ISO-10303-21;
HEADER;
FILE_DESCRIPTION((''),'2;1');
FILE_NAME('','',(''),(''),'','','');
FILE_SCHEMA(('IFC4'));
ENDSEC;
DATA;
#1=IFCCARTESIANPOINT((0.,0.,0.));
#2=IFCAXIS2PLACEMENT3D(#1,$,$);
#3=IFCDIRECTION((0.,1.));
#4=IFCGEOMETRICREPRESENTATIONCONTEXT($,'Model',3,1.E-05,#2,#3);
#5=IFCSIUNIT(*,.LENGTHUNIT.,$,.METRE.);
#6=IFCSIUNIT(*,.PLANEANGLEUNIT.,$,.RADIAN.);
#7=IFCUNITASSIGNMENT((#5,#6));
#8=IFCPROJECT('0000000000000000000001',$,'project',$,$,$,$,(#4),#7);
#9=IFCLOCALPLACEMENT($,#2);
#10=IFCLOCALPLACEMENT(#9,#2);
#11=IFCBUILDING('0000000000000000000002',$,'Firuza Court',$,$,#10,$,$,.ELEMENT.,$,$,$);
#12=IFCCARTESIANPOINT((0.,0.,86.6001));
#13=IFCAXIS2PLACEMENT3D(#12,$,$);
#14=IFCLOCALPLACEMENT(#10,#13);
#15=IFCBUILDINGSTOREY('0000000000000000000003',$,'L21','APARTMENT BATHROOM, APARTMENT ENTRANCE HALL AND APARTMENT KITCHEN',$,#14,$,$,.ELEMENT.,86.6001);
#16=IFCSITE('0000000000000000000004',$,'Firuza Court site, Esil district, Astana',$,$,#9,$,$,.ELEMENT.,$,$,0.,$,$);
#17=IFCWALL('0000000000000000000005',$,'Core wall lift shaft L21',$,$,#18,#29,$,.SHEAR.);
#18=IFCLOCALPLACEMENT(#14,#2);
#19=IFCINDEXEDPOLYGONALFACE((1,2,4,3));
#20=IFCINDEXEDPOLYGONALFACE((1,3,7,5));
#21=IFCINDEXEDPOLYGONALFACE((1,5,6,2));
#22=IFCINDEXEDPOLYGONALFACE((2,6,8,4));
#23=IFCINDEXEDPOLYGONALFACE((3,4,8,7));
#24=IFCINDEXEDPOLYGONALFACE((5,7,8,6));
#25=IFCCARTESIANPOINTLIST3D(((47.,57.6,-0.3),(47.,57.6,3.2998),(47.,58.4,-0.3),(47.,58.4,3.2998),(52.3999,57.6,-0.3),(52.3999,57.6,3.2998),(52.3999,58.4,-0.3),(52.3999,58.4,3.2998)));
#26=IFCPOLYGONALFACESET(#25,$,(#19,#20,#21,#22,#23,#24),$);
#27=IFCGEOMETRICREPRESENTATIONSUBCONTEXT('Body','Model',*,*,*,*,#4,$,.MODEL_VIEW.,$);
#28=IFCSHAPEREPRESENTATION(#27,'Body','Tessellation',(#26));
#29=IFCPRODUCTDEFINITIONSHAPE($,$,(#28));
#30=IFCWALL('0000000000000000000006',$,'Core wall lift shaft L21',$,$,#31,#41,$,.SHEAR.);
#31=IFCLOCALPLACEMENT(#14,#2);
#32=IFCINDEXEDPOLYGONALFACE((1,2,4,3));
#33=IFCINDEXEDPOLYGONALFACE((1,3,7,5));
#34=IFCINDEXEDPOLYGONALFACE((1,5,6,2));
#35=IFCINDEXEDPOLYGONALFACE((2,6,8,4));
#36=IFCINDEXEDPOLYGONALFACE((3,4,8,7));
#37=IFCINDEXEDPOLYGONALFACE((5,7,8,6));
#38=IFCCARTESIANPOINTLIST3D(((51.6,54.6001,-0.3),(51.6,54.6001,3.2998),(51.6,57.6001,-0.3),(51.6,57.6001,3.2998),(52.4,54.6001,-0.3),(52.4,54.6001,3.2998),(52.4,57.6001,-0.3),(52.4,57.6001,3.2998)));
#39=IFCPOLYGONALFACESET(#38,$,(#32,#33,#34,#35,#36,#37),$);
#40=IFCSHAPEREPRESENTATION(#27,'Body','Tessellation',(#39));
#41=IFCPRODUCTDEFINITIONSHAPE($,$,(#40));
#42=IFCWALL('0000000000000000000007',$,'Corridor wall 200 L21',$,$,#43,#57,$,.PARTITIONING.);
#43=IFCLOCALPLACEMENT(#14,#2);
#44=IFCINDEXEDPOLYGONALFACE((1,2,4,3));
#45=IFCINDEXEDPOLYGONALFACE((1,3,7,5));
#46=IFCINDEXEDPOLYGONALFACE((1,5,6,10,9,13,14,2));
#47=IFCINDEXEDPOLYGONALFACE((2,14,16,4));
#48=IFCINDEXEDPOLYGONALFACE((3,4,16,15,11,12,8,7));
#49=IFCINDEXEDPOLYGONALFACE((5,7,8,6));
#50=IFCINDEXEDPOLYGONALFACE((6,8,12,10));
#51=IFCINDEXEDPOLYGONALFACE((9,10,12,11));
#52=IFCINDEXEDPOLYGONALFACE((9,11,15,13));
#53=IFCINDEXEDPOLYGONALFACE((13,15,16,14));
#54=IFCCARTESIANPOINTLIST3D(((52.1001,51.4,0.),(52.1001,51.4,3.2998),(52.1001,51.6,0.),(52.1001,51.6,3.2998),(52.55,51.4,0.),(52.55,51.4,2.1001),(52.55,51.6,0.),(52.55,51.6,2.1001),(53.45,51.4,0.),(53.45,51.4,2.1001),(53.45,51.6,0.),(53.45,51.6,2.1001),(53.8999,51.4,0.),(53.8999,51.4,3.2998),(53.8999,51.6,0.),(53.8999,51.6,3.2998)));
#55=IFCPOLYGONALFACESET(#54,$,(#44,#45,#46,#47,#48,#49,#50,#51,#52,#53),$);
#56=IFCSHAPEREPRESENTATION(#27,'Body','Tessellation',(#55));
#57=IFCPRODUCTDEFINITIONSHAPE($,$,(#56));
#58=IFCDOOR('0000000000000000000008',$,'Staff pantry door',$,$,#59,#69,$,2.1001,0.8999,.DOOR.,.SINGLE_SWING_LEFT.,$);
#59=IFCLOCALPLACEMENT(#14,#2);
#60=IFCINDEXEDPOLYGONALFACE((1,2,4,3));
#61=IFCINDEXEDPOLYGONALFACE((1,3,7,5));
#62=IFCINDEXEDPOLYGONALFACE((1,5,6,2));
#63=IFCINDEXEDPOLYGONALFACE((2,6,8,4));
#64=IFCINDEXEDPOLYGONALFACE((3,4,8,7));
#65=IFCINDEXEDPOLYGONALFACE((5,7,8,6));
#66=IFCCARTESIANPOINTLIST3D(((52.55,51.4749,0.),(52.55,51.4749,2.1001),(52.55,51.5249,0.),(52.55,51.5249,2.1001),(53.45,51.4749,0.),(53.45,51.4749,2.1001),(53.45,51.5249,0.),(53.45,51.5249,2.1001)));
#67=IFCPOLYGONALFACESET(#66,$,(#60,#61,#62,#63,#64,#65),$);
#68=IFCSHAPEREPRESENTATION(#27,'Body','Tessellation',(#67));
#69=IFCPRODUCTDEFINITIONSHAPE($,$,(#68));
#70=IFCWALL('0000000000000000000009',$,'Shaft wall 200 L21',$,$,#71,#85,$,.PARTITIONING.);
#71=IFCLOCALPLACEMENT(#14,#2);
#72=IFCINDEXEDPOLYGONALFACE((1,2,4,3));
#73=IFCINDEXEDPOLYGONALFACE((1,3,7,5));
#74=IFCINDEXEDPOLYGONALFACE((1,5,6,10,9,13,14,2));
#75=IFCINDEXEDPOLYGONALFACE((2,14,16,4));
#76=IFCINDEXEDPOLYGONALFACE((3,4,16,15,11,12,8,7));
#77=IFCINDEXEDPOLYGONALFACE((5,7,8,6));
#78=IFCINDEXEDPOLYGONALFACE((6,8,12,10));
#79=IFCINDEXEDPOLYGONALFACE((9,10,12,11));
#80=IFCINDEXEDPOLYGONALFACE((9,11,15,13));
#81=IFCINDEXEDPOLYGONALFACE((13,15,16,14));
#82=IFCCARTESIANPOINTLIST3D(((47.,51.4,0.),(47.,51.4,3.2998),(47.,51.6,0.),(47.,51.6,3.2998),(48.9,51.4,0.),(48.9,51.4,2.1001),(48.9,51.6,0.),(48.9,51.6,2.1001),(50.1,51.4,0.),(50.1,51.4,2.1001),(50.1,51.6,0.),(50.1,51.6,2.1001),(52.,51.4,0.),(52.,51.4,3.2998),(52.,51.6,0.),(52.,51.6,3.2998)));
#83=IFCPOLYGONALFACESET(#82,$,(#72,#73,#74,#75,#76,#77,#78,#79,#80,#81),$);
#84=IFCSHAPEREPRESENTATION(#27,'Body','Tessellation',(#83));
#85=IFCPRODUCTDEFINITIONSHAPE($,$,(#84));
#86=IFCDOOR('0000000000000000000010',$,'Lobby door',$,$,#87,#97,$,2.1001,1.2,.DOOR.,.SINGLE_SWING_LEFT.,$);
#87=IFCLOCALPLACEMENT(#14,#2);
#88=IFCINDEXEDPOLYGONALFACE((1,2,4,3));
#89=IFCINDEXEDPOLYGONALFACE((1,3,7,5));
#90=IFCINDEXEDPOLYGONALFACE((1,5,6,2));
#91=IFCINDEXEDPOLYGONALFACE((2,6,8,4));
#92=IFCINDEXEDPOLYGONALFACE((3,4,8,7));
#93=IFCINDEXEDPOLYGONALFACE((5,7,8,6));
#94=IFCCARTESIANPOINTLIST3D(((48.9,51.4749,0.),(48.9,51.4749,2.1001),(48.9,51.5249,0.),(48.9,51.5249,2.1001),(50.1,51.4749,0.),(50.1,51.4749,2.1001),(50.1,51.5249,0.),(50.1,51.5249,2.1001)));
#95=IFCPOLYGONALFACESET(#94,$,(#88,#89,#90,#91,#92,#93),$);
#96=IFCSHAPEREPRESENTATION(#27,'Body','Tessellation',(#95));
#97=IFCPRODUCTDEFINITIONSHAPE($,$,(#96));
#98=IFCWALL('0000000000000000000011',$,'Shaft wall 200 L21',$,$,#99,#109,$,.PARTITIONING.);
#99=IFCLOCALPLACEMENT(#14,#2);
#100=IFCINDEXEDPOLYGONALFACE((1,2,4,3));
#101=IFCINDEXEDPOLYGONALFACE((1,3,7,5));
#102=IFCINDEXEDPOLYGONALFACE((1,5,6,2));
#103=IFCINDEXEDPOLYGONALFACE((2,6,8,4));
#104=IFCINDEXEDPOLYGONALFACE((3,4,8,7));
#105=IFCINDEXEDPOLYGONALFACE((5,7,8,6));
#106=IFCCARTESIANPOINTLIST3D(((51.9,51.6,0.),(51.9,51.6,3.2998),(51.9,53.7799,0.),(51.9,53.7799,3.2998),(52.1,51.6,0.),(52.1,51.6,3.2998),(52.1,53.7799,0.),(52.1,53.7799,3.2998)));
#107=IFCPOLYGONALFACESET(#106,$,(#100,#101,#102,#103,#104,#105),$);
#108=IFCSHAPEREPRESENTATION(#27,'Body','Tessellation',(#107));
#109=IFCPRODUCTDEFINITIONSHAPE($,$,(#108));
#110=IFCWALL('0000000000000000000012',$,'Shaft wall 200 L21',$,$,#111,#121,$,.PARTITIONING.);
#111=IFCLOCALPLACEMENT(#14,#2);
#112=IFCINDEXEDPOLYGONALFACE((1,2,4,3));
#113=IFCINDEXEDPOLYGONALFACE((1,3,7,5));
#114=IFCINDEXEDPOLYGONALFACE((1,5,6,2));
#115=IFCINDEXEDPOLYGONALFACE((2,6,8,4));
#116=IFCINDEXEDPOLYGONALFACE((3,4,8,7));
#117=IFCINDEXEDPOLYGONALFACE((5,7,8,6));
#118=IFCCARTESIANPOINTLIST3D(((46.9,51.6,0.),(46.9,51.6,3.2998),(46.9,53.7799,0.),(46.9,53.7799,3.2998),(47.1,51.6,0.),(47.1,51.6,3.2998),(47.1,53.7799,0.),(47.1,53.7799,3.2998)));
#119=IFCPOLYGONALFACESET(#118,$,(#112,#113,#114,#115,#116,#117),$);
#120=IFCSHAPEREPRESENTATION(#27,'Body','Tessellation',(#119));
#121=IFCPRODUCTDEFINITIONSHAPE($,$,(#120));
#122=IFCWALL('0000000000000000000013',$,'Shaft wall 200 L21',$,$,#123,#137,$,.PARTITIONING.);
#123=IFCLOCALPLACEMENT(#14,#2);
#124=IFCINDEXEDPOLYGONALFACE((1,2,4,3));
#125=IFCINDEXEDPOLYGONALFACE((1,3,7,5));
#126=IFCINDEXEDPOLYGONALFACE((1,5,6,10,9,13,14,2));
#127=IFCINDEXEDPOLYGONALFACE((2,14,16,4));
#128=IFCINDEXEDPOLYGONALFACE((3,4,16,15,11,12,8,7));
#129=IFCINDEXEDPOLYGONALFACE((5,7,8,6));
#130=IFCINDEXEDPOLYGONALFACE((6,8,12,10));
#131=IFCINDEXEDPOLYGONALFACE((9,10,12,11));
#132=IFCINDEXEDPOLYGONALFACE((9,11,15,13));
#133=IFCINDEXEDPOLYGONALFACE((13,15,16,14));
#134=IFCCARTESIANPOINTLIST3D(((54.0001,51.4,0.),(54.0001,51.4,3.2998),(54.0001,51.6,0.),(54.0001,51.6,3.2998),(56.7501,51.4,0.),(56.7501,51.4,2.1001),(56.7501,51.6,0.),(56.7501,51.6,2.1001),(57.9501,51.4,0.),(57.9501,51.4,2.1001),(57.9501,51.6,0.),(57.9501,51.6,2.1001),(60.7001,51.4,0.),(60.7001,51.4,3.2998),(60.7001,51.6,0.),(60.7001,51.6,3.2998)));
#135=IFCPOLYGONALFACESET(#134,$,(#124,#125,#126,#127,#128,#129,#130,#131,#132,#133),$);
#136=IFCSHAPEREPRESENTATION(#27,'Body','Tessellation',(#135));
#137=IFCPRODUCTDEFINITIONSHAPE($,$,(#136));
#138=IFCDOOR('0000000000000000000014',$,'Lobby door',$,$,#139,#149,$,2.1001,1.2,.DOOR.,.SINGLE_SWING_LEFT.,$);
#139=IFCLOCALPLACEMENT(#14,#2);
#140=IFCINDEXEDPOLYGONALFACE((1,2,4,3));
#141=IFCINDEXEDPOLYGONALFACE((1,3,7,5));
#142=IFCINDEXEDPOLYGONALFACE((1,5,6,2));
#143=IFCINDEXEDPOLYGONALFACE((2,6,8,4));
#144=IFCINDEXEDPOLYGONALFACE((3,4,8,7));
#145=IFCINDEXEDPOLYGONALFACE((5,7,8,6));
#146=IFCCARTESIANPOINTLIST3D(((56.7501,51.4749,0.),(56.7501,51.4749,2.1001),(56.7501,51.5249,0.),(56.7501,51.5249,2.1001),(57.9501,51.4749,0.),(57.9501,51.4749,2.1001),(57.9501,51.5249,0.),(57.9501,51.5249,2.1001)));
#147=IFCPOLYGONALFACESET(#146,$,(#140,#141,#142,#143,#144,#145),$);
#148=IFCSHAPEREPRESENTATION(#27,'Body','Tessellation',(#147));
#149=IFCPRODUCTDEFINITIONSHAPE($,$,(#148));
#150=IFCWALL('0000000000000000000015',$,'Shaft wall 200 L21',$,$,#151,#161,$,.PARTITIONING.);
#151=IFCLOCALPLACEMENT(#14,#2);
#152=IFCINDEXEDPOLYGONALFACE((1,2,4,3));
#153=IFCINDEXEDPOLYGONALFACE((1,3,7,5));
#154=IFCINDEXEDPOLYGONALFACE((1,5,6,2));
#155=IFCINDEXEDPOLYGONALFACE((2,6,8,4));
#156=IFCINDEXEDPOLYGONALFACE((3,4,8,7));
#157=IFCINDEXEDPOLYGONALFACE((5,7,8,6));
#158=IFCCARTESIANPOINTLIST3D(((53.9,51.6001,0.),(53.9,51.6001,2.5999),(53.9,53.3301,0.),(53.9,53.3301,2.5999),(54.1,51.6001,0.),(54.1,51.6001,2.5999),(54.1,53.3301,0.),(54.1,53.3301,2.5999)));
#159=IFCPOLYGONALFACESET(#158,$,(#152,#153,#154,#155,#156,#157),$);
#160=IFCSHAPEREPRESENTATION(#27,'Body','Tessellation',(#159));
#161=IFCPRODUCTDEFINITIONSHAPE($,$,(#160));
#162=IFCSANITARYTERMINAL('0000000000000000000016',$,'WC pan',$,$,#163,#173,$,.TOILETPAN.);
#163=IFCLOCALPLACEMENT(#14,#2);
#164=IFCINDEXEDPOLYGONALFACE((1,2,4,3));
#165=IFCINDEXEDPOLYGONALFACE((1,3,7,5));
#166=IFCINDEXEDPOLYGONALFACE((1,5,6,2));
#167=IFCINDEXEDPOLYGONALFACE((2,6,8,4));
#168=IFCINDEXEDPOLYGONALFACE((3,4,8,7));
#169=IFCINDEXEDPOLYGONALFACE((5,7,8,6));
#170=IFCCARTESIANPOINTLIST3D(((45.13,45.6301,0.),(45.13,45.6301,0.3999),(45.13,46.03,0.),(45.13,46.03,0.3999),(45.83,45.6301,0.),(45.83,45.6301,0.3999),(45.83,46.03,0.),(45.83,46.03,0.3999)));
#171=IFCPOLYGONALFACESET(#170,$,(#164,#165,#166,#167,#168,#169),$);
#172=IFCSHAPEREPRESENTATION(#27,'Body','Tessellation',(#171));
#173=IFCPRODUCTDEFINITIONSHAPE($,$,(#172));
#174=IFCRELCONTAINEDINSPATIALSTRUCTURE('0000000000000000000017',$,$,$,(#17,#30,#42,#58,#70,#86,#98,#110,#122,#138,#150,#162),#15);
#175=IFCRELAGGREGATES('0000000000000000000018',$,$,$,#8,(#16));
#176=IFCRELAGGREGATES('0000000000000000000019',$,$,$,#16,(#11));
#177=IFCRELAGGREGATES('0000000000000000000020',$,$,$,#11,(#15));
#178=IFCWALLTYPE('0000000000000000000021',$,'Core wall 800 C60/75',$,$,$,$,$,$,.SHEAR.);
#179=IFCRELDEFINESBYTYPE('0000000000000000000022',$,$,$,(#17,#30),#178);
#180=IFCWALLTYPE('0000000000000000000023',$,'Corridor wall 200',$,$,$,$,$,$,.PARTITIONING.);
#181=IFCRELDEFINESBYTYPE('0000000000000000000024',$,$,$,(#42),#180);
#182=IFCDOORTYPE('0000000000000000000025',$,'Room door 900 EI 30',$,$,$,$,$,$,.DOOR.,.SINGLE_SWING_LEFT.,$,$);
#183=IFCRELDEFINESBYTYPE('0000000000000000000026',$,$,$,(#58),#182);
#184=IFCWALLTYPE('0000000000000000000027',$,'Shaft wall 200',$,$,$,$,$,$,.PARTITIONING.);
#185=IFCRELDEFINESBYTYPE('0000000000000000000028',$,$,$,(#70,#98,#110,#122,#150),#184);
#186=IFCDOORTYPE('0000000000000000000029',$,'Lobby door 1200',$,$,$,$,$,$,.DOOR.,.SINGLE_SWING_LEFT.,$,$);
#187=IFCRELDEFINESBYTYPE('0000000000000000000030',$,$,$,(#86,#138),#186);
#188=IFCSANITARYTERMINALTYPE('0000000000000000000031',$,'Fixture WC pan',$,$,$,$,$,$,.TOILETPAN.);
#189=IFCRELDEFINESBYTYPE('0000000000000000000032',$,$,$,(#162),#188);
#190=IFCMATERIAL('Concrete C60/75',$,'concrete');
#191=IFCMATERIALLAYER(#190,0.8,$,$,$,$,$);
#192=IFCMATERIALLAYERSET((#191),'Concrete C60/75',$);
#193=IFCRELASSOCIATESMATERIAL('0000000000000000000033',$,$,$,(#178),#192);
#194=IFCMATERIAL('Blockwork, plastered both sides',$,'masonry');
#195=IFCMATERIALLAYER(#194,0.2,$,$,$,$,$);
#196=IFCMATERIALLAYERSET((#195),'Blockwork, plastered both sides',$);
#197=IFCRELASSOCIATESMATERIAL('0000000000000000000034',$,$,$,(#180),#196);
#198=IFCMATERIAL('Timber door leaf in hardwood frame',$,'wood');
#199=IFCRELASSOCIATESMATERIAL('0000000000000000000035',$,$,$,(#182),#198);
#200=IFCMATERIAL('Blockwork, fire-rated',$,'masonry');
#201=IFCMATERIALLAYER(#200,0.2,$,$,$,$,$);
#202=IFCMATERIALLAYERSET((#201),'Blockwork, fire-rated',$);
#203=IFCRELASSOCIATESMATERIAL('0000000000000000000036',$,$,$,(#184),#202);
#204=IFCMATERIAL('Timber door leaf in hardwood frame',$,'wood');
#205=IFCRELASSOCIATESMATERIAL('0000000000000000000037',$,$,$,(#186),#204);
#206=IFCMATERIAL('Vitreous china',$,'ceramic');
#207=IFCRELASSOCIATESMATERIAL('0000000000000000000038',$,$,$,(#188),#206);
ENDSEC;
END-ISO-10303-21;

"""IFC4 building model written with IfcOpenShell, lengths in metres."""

from ifc_helpers import new_model, si_unit, direction, frame, frame_2d, origin, origin_2d, place, context, subcontext, project, spatial, rectangle, extrude, material, layer, layer_set, type_object, element, fill, save


model = new_model("IFC4")

# Units and contexts
model_context = context("Model", 3, precision=1e-05, world=origin(), true_north=direction((0.0, 1.0)))
body_context = subcontext(model_context, "Body", "Model", "MODEL_VIEW")
ifc_project = project(units=[si_unit("LENGTHUNIT", "METRE"), si_unit("PLANEANGLEUNIT", "RADIAN")], contexts=[model_context])

# Site, building, storey
site_placement = place(None, origin())
site = spatial("IfcSite", under=ifc_project, at=site_placement, Name="Firuza Court site, Esil district, Astana", CompositionType="ELEMENT", RefElevation=0.0)
building_placement = place(site_placement, origin())
building = spatial("IfcBuilding", under=site, at=building_placement, Name="Firuza Court", CompositionType="ELEMENT")
storey_placement = place(building_placement, frame((0.0, 0.0, 86.6001)))
storey = spatial("IfcBuildingStorey", under=building, at=storey_placement, Name="L21", Description="APARTMENT BATHROOM, APARTMENT ENTRANCE HALL AND APARTMENT KITCHEN", CompositionType="ELEMENT", Elevation=86.6001)

# Shared definitions
ifc_material_1 = material(Name="Concrete C60/75", Category="concrete")

# Walls
ifc_layer_1 = layer(ifc_material_1, 0.8)
ifc_layer_set_1 = layer_set([ifc_layer_1], Name="Concrete C60/75")
wall_type_1 = type_object("IfcWallType", Name="Core wall 800 C60/75", PredefinedType="SHEAR", material=ifc_layer_set_1)
for number, where, z_axis, x_axis, name in (
    (1, (47.0, 58.0, -0.3), (0.0, 0.0, 1.0), (1.0, 0.0, 0.0), "Core wall lift shaft L21"),
):
    element("IfcWall", number, at=place(storey_placement, frame(where, z_axis=z_axis, x_axis=x_axis)), inside=storey, type_object=wall_type_1, Name=name, PredefinedType="SHEAR", context=body_context, shape_type="SweptSolid", body=[
        extrude(rectangle(XDim=5.3999, YDim=0.8, at=frame_2d((2.7, 0.0))), origin(), (0.0, 0.0, 1.0), 3.5999),
    ])
wall_1_placement = place(storey_placement, frame((52.0, 54.6001, -0.3), z_axis=(0.0, 0.0, 1.0), x_axis=(0.0, 1.0, 0.0)))
element("IfcWall", 2, at=wall_1_placement, inside=storey, type_object=wall_type_1, Name="Core wall lift shaft L21", PredefinedType="SHEAR", context=body_context, shape_type="SweptSolid", body=[
    extrude(rectangle(XDim=3.0, YDim=0.8, at=frame_2d((1.5, 0.0))), origin(), (0.0, 0.0, 1.0), 3.5999),
])

# Walls, openings, doors
ifc_material_2 = material(Name="Blockwork, plastered both sides", Category="masonry")
ifc_layer_2 = layer(ifc_material_2, 0.2)
ifc_layer_set_2 = layer_set([ifc_layer_2], Name="Blockwork, plastered both sides")
wall_type_2 = type_object("IfcWallType", Name="Corridor wall 200", PredefinedType="PARTITIONING", material=ifc_layer_set_2)
wall_2_placement = place(storey_placement, frame((52.1001, 51.5, 0.0), z_axis=(0.0, 0.0, 1.0), x_axis=(1.0, 0.0, 0.0)))
wall_2 = element("IfcWall", 3, at=wall_2_placement, inside=storey, type_object=wall_type_2, Name="Corridor wall 200 L21", PredefinedType="PARTITIONING", context=body_context, shape_type="SweptSolid", body=[
    extrude(rectangle(XDim=1.7998, YDim=0.2, at=frame_2d((0.8999, 0.0))), origin(), (0.0, 0.0, 1.0), 3.2998),
])
opening_1_placement = place(wall_2_placement, frame((0.45, 0.0, 0.0)))
opening_1 = element("IfcOpeningElement", 4, at=opening_1_placement, cuts=wall_2, PredefinedType="OPENING", context=body_context, shape_type="SweptSolid", body=[
    extrude(rectangle(XDim=0.8999, YDim=2.1001, at=frame_2d((0.45, 1.05))), frame((0.0, 0.1118, 0.0), z_axis=(0.0, -1.0, 0.0), x_axis=(1.0, 0.0, 0.0)), (0.0, 0.0, 1.0), 0.2239),
])
ifc_material_3 = material(Name="Timber door leaf in hardwood frame", Category="wood")
door_type_1 = type_object("IfcDoorType", Name="Room door 900 EI 30", OperationType="SINGLE_SWING_LEFT", PredefinedType="DOOR", material=ifc_material_3)
door_1_placement = place(opening_1_placement, origin())
door_1 = element("IfcDoor", 5, at=door_1_placement, inside=storey, type_object=door_type_1, Name="Staff pantry door", OperationType="SINGLE_SWING_LEFT", OverallHeight=2.1001, OverallWidth=0.8999, PredefinedType="DOOR", context=body_context, shape_type="SweptSolid", body=[
    extrude(rectangle(XDim=0.8999, YDim=2.1001, at=frame_2d((0.45, 1.05))), frame((0.0, 0.0249, 0.0), z_axis=(0.0, -1.0, 0.0), x_axis=(1.0, 0.0, 0.0)), (0.0, 0.0, 1.0), 0.05),
])
fill(opening_1, door_1)
ifc_material_4 = material(Name="Blockwork, fire-rated", Category="masonry")
ifc_layer_3 = layer(ifc_material_4, 0.2)
ifc_layer_set_3 = layer_set([ifc_layer_3], Name="Blockwork, fire-rated")
wall_type_3 = type_object("IfcWallType", Name="Shaft wall 200", PredefinedType="PARTITIONING", material=ifc_layer_set_3)
wall_3_placement = place(storey_placement, frame((47.0, 51.5, 0.0), z_axis=(0.0, 0.0, 1.0), x_axis=(1.0, 0.0, 0.0)))
wall_3 = element("IfcWall", 6, at=wall_3_placement, inside=storey, type_object=wall_type_3, Name="Shaft wall 200 L21", PredefinedType="PARTITIONING", context=body_context, shape_type="SweptSolid", body=[
    extrude(rectangle(XDim=5.0, YDim=0.2, at=frame_2d((2.5, 0.0))), origin(), (0.0, 0.0, 1.0), 3.2998),
])
opening_2_placement = place(wall_3_placement, frame((1.8999, 0.0, 0.0)))
opening_2 = element("IfcOpeningElement", 7, at=opening_2_placement, cuts=wall_3, PredefinedType="OPENING", context=body_context, shape_type="SweptSolid", body=[
    extrude(rectangle(XDim=1.2, YDim=2.1001, at=frame_2d((0.6001, 1.05))), frame((0.0, 0.1118, 0.0), z_axis=(0.0, -1.0, 0.0), x_axis=(1.0, 0.0, 0.0)), (0.0, 0.0, 1.0), 0.2239),
])
ifc_material_5 = material(Name="Timber door leaf in hardwood frame", Category="wood")
door_type_2 = type_object("IfcDoorType", Name="Lobby door 1200", OperationType="SINGLE_SWING_LEFT", PredefinedType="DOOR", material=ifc_material_5)
door_2_placement = place(opening_2_placement, origin())
door_2 = element("IfcDoor", 8, at=door_2_placement, inside=storey, type_object=door_type_2, Name="Lobby door", OperationType="SINGLE_SWING_LEFT", OverallHeight=2.1001, OverallWidth=1.2, PredefinedType="DOOR", context=body_context, shape_type="SweptSolid", body=[
    extrude(rectangle(XDim=1.2, YDim=2.1001, at=frame_2d((0.6001, 1.05))), frame((0.0, 0.0249, 0.0), z_axis=(0.0, -1.0, 0.0), x_axis=(1.0, 0.0, 0.0)), (0.0, 0.0, 1.0), 0.05),
])
fill(opening_2, door_2)

# Walls
for number, where, z_axis, x_axis, name in (
    (9, (52.0, 51.6001, 0.0), (0.0, 0.0, 1.0), (0.0, 1.0, 0.0), "Shaft wall 200 L21"),
    (10, (47.0, 51.6001, 0.0), (0.0, 0.0, 1.0), (0.0, 1.0, 0.0), "Shaft wall 200 L21"),
):
    element("IfcWall", number, at=place(storey_placement, frame(where, z_axis=z_axis, x_axis=x_axis)), inside=storey, type_object=wall_type_3, Name=name, PredefinedType="PARTITIONING", context=body_context, shape_type="SweptSolid", body=[
        extrude(rectangle(XDim=2.1799, YDim=0.2, at=frame_2d((1.0898, 0.0))), origin(), (0.0, 0.0, 1.0), 3.2998),
    ])

# Wall, opening, door
wall_4_placement = place(storey_placement, frame((54.0, 51.5, 0.0), z_axis=(0.0, 0.0, 1.0), x_axis=(1.0, 0.0, 0.0)))
wall_4 = element("IfcWall", 11, at=wall_4_placement, inside=storey, type_object=wall_type_3, Name="Shaft wall 200 L21", PredefinedType="PARTITIONING", context=body_context, shape_type="SweptSolid", body=[
    extrude(rectangle(XDim=6.7, YDim=0.2, at=frame_2d((3.3501, 0.0))), origin(), (0.0, 0.0, 1.0), 3.2998),
])
opening_3_placement = place(wall_4_placement, frame((2.75, 0.0, 0.0)))
opening_3 = element("IfcOpeningElement", 12, at=opening_3_placement, cuts=wall_4, PredefinedType="OPENING", context=body_context, shape_type="SweptSolid", body=[
    extrude(rectangle(XDim=1.2, YDim=2.1001, at=frame_2d((0.6001, 1.05))), frame((0.0, 0.1118, 0.0), z_axis=(0.0, -1.0, 0.0), x_axis=(1.0, 0.0, 0.0)), (0.0, 0.0, 1.0), 0.2239),
])
door_3_placement = place(opening_3_placement, origin())
door_3 = element("IfcDoor", 13, at=door_3_placement, inside=storey, type_object=door_type_2, Name="Lobby door", OperationType="SINGLE_SWING_LEFT", OverallHeight=2.1001, OverallWidth=1.2, PredefinedType="DOOR", context=body_context, shape_type="SweptSolid", body=[
    extrude(rectangle(XDim=1.2, YDim=2.1001, at=frame_2d((0.6001, 1.05))), frame((0.0, 0.0249, 0.0), z_axis=(0.0, -1.0, 0.0), x_axis=(1.0, 0.0, 0.0)), (0.0, 0.0, 1.0), 0.05),
])
fill(opening_3, door_3)

# Wall
wall_5_placement = place(storey_placement, frame((54.0, 51.6001, 0.0), z_axis=(0.0, 0.0, 1.0), x_axis=(0.0, 1.0, 0.0)))
element("IfcWall", 14, at=wall_5_placement, inside=storey, type_object=wall_type_3, Name="Shaft wall 200 L21", PredefinedType="PARTITIONING", context=body_context, shape_type="SweptSolid", body=[
    extrude(rectangle(XDim=1.73, YDim=0.2, at=frame_2d((0.865, 0.0))), origin(), (0.0, 0.0, 1.0), 2.5999),
])

# Sanitary terminal
ifc_material_6 = material(Name="Vitreous china", Category="ceramic")
sanitary_terminal_type_1 = type_object("IfcSanitaryTerminalType", Name="Fixture WC pan", PredefinedType="TOILETPAN", material=ifc_material_6)
sanitary_terminal_1_placement = place(storey_placement, frame((45.48, 45.8301, 0.0), z_axis=(0.0, 0.0, 1.0), x_axis=(1.0, 0.0, 0.0)))
element("IfcSanitaryTerminal", 15, at=sanitary_terminal_1_placement, inside=storey, type_object=sanitary_terminal_type_1, Name="WC pan", PredefinedType="TOILETPAN", context=body_context, shape_type="SweptSolid", body=[
    extrude(rectangle(XDim=0.7, YDim=0.3999, at=origin_2d()), origin(), (0.0, 0.0, 1.0), 0.3999),
])

save(model, "model.ifc")
